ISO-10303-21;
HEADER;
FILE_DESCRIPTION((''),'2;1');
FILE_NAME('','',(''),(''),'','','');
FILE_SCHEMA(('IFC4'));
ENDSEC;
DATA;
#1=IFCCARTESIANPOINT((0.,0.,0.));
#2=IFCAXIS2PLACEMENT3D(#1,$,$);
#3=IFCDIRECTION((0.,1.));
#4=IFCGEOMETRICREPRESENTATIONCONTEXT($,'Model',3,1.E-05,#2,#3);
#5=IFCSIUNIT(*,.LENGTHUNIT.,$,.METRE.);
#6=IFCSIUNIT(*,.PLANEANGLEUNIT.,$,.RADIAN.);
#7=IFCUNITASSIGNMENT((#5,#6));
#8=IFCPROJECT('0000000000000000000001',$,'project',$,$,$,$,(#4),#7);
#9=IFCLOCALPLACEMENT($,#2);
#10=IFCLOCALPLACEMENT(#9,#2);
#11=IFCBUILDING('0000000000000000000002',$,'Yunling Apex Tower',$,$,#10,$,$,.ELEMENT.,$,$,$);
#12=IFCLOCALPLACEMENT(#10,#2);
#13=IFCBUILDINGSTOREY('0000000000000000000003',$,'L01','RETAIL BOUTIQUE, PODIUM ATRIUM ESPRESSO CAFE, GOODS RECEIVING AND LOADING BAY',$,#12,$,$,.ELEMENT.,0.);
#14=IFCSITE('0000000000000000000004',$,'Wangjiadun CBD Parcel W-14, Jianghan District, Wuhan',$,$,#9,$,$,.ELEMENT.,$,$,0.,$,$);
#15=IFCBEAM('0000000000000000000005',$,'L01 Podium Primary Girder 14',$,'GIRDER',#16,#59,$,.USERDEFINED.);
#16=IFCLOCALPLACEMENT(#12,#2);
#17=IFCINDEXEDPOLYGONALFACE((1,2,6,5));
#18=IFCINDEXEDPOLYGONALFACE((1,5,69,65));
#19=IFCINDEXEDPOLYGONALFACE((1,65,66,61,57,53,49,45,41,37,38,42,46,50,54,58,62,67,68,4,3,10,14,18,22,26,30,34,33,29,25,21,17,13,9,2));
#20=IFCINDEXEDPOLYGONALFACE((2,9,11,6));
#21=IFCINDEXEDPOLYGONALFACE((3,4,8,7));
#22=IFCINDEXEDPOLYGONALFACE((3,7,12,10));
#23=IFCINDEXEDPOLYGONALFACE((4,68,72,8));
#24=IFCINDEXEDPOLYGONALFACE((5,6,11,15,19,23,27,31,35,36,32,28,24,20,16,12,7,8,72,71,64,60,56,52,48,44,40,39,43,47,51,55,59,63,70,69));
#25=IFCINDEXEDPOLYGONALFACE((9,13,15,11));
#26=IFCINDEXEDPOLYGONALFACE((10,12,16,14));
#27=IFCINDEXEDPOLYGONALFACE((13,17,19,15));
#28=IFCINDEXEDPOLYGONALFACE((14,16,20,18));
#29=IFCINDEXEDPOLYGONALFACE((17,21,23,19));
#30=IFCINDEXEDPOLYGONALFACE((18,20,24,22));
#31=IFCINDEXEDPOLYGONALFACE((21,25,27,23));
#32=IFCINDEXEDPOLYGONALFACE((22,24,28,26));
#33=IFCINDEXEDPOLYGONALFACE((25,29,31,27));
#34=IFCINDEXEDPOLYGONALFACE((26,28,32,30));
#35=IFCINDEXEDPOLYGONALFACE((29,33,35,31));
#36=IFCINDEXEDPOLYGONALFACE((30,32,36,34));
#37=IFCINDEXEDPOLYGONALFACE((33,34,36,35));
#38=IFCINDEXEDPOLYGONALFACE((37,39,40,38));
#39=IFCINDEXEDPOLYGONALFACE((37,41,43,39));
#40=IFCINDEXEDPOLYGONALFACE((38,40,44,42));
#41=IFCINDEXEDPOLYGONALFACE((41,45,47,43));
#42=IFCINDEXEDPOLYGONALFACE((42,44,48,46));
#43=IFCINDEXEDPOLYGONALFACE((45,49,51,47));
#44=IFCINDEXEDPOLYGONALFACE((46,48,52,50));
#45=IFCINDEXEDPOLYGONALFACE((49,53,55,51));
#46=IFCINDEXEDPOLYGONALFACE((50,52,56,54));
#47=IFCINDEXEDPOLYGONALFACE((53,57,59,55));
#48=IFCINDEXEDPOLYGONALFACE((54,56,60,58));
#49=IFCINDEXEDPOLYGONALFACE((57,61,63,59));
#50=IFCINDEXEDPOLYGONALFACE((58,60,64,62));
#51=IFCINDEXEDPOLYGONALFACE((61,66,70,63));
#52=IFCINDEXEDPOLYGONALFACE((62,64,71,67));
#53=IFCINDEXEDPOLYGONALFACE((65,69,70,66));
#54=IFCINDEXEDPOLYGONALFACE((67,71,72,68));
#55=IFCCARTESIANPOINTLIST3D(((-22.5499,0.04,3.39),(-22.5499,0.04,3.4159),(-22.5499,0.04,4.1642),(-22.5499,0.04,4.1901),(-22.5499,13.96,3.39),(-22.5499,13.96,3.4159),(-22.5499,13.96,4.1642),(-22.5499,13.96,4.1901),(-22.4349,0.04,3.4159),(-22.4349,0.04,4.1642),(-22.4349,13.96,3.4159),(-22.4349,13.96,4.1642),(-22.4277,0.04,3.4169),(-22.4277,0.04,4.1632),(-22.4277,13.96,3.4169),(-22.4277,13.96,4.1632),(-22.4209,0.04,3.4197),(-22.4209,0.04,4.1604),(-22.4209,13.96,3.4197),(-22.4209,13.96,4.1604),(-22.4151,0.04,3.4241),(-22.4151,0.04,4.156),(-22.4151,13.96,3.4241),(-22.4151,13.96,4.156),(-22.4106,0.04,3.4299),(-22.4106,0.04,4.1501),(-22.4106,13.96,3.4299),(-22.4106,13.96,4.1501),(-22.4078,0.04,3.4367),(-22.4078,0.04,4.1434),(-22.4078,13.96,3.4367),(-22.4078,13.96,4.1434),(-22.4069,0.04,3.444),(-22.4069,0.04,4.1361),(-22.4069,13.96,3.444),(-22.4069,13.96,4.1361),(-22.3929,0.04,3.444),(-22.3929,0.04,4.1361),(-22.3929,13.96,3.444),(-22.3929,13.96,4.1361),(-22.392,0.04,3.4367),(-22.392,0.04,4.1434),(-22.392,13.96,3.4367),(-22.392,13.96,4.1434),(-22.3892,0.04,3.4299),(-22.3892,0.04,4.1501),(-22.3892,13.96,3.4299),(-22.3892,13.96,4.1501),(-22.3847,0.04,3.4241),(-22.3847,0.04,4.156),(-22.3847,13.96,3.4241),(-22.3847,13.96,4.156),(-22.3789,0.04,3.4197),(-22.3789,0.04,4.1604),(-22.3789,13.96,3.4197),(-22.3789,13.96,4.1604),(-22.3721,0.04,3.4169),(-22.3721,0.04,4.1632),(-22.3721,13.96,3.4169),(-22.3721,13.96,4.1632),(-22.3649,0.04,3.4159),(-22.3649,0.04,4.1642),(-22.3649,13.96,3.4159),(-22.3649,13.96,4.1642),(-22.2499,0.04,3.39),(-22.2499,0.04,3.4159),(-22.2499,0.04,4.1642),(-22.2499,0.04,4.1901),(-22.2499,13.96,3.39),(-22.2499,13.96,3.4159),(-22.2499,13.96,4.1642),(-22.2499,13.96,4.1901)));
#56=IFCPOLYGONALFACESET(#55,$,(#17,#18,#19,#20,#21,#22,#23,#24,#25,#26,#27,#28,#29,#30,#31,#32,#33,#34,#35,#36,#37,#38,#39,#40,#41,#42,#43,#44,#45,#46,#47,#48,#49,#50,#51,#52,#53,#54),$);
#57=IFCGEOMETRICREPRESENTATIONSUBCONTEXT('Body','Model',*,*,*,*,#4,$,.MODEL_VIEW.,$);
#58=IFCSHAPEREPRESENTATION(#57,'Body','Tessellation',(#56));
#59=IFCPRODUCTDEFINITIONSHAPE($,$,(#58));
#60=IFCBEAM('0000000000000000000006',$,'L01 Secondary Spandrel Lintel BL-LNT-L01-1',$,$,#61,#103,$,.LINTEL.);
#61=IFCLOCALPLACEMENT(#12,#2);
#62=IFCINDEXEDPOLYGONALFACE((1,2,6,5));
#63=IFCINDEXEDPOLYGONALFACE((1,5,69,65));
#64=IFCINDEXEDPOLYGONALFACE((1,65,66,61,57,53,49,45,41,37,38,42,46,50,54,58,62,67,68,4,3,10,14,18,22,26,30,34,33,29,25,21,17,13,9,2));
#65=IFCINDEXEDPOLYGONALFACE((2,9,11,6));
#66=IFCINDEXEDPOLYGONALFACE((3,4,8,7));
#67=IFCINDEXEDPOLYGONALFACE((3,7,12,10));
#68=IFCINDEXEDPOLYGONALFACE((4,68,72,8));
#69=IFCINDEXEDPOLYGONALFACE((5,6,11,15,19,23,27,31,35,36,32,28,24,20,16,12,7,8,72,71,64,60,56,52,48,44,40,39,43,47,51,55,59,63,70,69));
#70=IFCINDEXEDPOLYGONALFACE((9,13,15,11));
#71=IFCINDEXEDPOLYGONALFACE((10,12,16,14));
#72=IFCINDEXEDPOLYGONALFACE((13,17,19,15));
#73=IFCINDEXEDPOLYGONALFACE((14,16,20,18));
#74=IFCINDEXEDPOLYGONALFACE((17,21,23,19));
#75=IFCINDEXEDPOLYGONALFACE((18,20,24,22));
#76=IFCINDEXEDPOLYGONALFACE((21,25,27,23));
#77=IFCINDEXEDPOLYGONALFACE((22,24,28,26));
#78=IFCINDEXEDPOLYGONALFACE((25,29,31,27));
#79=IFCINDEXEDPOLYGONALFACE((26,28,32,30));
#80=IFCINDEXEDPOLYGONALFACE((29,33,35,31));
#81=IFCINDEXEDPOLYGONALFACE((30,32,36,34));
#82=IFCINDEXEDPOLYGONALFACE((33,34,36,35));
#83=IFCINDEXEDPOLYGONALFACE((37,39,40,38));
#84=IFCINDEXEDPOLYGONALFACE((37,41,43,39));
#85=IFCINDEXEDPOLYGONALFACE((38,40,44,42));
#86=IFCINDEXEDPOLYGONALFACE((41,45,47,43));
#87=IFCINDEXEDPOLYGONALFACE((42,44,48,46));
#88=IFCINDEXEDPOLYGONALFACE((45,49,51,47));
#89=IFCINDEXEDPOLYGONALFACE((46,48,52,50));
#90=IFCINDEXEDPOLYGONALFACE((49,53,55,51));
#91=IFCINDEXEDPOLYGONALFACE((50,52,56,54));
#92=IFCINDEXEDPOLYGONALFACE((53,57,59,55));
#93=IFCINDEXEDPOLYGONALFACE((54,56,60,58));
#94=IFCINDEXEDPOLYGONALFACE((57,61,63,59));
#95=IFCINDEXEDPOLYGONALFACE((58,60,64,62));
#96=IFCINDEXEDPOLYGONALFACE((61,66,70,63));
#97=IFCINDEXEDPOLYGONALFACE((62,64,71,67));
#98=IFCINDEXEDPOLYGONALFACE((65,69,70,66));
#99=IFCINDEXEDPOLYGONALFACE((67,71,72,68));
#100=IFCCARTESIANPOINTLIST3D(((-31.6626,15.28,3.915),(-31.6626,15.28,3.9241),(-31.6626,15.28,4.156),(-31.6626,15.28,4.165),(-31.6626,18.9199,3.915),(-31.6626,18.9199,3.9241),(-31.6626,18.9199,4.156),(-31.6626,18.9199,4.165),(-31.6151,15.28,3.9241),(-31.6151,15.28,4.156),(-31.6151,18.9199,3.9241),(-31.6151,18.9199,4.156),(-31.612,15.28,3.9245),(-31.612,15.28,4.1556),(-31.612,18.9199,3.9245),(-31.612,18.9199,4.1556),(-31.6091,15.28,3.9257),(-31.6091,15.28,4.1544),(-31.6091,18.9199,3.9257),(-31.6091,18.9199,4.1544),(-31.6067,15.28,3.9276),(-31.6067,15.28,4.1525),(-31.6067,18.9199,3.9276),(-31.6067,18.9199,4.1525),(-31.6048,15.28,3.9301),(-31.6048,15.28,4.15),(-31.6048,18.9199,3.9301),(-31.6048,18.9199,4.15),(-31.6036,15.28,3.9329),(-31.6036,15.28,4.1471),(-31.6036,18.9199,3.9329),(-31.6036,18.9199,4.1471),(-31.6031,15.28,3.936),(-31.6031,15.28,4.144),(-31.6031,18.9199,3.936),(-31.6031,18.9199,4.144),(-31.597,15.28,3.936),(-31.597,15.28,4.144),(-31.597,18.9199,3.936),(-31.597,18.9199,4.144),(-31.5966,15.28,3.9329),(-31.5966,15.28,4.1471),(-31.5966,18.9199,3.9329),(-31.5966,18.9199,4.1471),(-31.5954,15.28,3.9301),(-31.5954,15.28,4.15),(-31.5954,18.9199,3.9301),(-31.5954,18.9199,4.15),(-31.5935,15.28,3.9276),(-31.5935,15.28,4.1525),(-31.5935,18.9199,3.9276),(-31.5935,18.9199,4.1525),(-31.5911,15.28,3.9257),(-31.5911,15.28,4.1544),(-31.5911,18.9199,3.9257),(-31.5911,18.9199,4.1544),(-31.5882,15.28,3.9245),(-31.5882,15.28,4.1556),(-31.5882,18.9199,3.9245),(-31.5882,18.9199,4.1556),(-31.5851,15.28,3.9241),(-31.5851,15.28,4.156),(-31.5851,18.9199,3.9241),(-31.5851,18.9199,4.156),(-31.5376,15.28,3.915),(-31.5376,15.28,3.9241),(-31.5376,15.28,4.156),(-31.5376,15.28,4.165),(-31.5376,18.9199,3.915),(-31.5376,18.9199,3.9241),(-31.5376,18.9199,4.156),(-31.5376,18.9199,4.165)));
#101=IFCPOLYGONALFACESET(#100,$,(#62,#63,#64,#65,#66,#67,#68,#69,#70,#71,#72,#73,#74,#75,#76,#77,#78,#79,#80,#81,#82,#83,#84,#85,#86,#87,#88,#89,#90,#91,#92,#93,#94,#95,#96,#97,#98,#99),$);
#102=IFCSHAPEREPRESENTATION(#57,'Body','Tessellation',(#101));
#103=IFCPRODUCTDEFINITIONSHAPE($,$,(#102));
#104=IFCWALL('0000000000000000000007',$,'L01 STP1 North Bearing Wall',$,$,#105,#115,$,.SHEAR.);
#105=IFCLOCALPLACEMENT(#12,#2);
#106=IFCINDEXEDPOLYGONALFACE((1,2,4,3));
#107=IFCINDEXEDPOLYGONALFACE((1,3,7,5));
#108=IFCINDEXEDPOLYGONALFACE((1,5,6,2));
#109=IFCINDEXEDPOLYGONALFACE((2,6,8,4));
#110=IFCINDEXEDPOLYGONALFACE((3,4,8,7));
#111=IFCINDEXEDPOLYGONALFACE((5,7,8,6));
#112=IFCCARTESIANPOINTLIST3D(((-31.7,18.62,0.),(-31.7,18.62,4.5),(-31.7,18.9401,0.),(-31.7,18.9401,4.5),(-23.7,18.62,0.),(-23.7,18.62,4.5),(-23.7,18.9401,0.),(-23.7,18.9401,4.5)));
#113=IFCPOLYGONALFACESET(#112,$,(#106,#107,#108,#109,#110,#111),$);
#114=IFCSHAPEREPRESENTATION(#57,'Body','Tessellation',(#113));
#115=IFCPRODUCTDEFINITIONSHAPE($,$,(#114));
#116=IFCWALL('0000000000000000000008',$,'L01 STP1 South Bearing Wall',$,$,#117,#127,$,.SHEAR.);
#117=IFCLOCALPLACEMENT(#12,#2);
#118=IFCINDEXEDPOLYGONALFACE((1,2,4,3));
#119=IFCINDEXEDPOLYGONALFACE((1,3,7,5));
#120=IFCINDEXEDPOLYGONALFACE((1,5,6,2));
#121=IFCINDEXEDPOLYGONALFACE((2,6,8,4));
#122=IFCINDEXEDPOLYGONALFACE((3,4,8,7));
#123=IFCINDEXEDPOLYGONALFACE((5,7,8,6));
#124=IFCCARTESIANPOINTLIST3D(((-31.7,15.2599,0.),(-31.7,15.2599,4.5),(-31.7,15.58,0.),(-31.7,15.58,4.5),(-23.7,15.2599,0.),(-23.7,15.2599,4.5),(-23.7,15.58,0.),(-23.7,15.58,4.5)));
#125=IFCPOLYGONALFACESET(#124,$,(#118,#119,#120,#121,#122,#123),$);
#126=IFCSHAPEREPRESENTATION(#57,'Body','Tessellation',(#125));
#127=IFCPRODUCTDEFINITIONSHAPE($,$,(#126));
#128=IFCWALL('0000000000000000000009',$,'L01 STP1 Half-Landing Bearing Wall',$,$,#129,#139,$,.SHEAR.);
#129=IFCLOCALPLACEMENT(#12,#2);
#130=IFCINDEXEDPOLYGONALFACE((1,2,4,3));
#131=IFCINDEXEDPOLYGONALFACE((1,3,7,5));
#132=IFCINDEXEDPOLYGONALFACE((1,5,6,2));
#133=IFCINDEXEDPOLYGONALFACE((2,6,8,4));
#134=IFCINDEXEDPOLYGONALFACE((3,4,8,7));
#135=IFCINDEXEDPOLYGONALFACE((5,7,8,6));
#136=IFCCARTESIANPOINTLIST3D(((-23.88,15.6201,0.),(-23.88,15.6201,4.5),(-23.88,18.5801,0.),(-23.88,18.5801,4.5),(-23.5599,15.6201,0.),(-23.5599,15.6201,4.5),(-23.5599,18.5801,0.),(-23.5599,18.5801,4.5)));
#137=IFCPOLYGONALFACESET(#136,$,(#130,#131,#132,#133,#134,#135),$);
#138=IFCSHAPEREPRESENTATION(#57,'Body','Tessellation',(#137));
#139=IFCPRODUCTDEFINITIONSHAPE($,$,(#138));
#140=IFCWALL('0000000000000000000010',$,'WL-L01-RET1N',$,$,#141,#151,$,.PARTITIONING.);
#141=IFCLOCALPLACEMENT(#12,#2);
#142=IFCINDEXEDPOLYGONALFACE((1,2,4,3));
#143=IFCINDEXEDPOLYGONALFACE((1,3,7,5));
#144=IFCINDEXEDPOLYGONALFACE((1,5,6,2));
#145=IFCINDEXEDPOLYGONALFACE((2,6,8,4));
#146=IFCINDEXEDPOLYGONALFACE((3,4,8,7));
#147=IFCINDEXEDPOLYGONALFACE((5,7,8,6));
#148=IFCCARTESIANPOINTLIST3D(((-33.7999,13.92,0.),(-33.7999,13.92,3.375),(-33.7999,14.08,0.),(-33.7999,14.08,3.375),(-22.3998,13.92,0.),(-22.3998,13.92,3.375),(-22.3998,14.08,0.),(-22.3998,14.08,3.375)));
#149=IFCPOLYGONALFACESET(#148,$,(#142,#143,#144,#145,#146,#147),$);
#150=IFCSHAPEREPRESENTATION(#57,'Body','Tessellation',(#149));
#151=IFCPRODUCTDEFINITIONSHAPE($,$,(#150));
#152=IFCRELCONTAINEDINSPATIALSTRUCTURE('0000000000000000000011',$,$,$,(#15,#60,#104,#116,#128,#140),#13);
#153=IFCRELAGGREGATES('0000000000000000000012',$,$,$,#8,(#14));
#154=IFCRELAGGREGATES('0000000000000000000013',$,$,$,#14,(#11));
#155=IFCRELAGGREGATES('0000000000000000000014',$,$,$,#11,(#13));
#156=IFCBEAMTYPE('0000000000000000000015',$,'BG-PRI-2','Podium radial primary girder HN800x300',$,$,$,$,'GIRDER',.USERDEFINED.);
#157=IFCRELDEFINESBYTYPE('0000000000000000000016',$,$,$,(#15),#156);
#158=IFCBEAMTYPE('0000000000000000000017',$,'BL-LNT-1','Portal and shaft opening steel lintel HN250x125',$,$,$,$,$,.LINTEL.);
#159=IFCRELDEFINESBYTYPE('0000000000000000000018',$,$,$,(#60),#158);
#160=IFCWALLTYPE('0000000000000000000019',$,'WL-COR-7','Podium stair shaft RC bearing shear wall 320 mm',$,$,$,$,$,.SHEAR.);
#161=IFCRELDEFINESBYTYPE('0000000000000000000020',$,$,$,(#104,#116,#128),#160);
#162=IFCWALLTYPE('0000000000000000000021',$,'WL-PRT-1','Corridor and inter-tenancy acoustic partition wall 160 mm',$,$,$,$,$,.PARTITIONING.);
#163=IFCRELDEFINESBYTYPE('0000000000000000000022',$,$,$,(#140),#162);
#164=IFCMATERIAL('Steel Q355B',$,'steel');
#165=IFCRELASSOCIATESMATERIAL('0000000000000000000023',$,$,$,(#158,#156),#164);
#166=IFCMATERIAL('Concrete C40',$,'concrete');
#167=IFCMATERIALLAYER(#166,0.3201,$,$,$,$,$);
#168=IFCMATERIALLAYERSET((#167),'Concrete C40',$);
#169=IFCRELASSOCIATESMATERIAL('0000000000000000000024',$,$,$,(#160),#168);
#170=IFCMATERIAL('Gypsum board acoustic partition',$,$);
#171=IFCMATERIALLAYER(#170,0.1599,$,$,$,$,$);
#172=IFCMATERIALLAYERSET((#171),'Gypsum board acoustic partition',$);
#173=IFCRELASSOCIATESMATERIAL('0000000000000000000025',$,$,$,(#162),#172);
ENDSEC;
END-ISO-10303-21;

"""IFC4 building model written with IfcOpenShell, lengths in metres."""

from ifc_helpers import new_model, si_unit, direction, frame, frame_2d, origin, origin_2d, place, context, subcontext, project, spatial, rectangle, i_section, extrude, source, transform, mapped, material, layer, layer_set, material_profile, profile_set, type_object, element, save


model = new_model("IFC4")

# Units and contexts
model_context = context("Model", 3, precision=1e-05, world=origin(), true_north=direction((0.0, 1.0)))
body_context = subcontext(model_context, "Body", "Model", "MODEL_VIEW")
ifc_project = project(units=[si_unit("LENGTHUNIT", "METRE"), si_unit("PLANEANGLEUNIT", "RADIAN")], contexts=[model_context])

# Site, building, storey
site_placement = place(None, origin())
site = spatial("IfcSite", under=ifc_project, at=site_placement, Name="Wangjiadun CBD Parcel W-14, Jianghan District, Wuhan", CompositionType="ELEMENT", RefElevation=0.0)
building_placement = place(site_placement, origin())
building = spatial("IfcBuilding", under=site, at=building_placement, Name="Yunling Apex Tower", CompositionType="ELEMENT")
storey_placement = place(building_placement, origin())
storey = spatial("IfcBuildingStorey", under=building, at=storey_placement, Name="L01", Description="RETAIL BOUTIQUE, PODIUM ATRIUM ESPRESSO CAFE, GOODS RECEIVING AND LOADING BAY", CompositionType="ELEMENT", Elevation=0.0)

# Beams
ifc_material_1 = material(Name="Steel Q355B", Category="steel")
ifc_material_profile_1 = material_profile(ifc_material_1, i_section(OverallWidth=0.125, OverallDepth=0.25, WebThickness=0.0061, FlangeThickness=0.009, FilletRadius=0.012, at=origin_2d()))
ifc_profile_set_1 = profile_set([ifc_material_profile_1], Name="Steel Q355B")
beam_type_1 = type_object("IfcBeamType", Name="BL-LNT-1", Description="Portal and shaft opening steel lintel HN250x125", PredefinedType="LINTEL", material=ifc_profile_set_1)
ifc_material_profile_2 = material_profile(ifc_material_1, i_section(OverallWidth=0.3, OverallDepth=0.8, WebThickness=0.0139, FlangeThickness=0.0259, FilletRadius=0.0281, at=origin_2d()))
ifc_profile_set_2 = profile_set([ifc_material_profile_2], Name="Steel Q355B")
beam_type_2 = type_object("IfcBeamType", Name="BG-PRI-2", Description="Podium radial primary girder HN800x300", ElementType="GIRDER", PredefinedType="USERDEFINED", material=ifc_profile_set_2)
shared_shape_1 = source(origin(), body_context, "Body", "SweptSolid", [
    extrude(i_section(OverallWidth=0.3, OverallDepth=0.8, WebThickness=0.0139, FlangeThickness=0.0259, FilletRadius=0.0281, at=origin_2d()), origin(), (0.0, 0.0, 1.0), 13.9199),
])
beam_1_placement = place(storey_placement, frame((-22.3999, 13.96, 3.79), z_axis=(0.0, -1.0, 0.0), x_axis=(1.0, 0.0, 0.0)))
element("IfcBeam", 1, at=beam_1_placement, inside=storey, type_object=beam_type_2, Name="L01 Podium Primary Girder 14", ObjectType="GIRDER", PredefinedType="USERDEFINED", context=body_context, shape_type="MappedRepresentation", body=[
    mapped(shared_shape_1, transform((0.0, 0.0, 0.0), scale=1.0)),
])
shared_shape_2 = source(origin(), body_context, "Body", "SweptSolid", [
    extrude(i_section(OverallWidth=0.125, OverallDepth=0.25, WebThickness=0.0061, FlangeThickness=0.009, FilletRadius=0.012, at=origin_2d()), origin(), (0.0, 0.0, 1.0), 3.6399),
])
beam_2_placement = place(storey_placement, frame((-31.6001, 15.28, 4.04), z_axis=(0.0, 1.0, 0.0), x_axis=(-1.0, 0.0, 0.0)))
element("IfcBeam", 2, at=beam_2_placement, inside=storey, type_object=beam_type_1, Name="L01 Secondary Spandrel Lintel BL-LNT-L01-1", PredefinedType="LINTEL", context=body_context, shape_type="MappedRepresentation", body=[
    mapped(shared_shape_2, transform((0.0, 0.0, 0.0), scale=1.0)),
])

# Walls
ifc_material_2 = material(Name="Concrete C40", Category="concrete")
ifc_layer_1 = layer(ifc_material_2, 0.3201)
ifc_layer_set_1 = layer_set([ifc_layer_1], Name="Concrete C40")
wall_type_1 = type_object("IfcWallType", Name="WL-COR-7", Description="Podium stair shaft RC bearing shear wall 320 mm", PredefinedType="SHEAR", material=ifc_layer_set_1)
for number, where, z_axis, x_axis, name in (
    (3, (-31.7, 18.78, 0.0), (0.0, 0.0, 1.0), (1.0, 0.0, 0.0), "L01 STP1 North Bearing Wall"),
    (4, (-31.7, 15.4199, 0.0), (0.0, 0.0, 1.0), (1.0, 0.0, 0.0), "L01 STP1 South Bearing Wall"),
):
    element("IfcWall", number, at=place(storey_placement, frame(where, z_axis=z_axis, x_axis=x_axis)), inside=storey, type_object=wall_type_1, Name=name, PredefinedType="SHEAR", context=body_context, shape_type="SweptSolid", body=[
        extrude(rectangle(XDim=8.0, YDim=0.3201, at=frame_2d((4.0, 0.0))), origin(), (0.0, 0.0, 1.0), 4.5),
    ])
wall_1_placement = place(storey_placement, frame((-23.72, 15.6201, 0.0), z_axis=(0.0, 0.0, 1.0), x_axis=(0.0, 1.0, 0.0)))
element("IfcWall", 5, at=wall_1_placement, inside=storey, type_object=wall_type_1, Name="L01 STP1 Half-Landing Bearing Wall", PredefinedType="SHEAR", context=body_context, shape_type="SweptSolid", body=[
    extrude(rectangle(XDim=2.96, YDim=0.3201, at=frame_2d((1.48, 0.0))), origin(), (0.0, 0.0, 1.0), 4.5),
])
ifc_material_3 = material(Name="Gypsum board acoustic partition")
ifc_layer_2 = layer(ifc_material_3, 0.1599)
ifc_layer_set_2 = layer_set([ifc_layer_2], Name="Gypsum board acoustic partition")
wall_type_2 = type_object("IfcWallType", Name="WL-PRT-1", Description="Corridor and inter-tenancy acoustic partition wall 160 mm", PredefinedType="PARTITIONING", material=ifc_layer_set_2)
wall_2_placement = place(storey_placement, frame((-33.8, 14.0, 0.0), z_axis=(0.0, 0.0, 1.0), x_axis=(1.0, 0.0, 0.0)))
element("IfcWall", 6, at=wall_2_placement, inside=storey, type_object=wall_type_2, Name="WL-L01-RET1N", PredefinedType="PARTITIONING", context=body_context, shape_type="SweptSolid", body=[
    extrude(rectangle(XDim=11.4001, YDim=0.1599, at=frame_2d((5.7002, 0.0))), origin(), (0.0, 0.0, 1.0), 3.375),
])

save(model, "model.ifc")
